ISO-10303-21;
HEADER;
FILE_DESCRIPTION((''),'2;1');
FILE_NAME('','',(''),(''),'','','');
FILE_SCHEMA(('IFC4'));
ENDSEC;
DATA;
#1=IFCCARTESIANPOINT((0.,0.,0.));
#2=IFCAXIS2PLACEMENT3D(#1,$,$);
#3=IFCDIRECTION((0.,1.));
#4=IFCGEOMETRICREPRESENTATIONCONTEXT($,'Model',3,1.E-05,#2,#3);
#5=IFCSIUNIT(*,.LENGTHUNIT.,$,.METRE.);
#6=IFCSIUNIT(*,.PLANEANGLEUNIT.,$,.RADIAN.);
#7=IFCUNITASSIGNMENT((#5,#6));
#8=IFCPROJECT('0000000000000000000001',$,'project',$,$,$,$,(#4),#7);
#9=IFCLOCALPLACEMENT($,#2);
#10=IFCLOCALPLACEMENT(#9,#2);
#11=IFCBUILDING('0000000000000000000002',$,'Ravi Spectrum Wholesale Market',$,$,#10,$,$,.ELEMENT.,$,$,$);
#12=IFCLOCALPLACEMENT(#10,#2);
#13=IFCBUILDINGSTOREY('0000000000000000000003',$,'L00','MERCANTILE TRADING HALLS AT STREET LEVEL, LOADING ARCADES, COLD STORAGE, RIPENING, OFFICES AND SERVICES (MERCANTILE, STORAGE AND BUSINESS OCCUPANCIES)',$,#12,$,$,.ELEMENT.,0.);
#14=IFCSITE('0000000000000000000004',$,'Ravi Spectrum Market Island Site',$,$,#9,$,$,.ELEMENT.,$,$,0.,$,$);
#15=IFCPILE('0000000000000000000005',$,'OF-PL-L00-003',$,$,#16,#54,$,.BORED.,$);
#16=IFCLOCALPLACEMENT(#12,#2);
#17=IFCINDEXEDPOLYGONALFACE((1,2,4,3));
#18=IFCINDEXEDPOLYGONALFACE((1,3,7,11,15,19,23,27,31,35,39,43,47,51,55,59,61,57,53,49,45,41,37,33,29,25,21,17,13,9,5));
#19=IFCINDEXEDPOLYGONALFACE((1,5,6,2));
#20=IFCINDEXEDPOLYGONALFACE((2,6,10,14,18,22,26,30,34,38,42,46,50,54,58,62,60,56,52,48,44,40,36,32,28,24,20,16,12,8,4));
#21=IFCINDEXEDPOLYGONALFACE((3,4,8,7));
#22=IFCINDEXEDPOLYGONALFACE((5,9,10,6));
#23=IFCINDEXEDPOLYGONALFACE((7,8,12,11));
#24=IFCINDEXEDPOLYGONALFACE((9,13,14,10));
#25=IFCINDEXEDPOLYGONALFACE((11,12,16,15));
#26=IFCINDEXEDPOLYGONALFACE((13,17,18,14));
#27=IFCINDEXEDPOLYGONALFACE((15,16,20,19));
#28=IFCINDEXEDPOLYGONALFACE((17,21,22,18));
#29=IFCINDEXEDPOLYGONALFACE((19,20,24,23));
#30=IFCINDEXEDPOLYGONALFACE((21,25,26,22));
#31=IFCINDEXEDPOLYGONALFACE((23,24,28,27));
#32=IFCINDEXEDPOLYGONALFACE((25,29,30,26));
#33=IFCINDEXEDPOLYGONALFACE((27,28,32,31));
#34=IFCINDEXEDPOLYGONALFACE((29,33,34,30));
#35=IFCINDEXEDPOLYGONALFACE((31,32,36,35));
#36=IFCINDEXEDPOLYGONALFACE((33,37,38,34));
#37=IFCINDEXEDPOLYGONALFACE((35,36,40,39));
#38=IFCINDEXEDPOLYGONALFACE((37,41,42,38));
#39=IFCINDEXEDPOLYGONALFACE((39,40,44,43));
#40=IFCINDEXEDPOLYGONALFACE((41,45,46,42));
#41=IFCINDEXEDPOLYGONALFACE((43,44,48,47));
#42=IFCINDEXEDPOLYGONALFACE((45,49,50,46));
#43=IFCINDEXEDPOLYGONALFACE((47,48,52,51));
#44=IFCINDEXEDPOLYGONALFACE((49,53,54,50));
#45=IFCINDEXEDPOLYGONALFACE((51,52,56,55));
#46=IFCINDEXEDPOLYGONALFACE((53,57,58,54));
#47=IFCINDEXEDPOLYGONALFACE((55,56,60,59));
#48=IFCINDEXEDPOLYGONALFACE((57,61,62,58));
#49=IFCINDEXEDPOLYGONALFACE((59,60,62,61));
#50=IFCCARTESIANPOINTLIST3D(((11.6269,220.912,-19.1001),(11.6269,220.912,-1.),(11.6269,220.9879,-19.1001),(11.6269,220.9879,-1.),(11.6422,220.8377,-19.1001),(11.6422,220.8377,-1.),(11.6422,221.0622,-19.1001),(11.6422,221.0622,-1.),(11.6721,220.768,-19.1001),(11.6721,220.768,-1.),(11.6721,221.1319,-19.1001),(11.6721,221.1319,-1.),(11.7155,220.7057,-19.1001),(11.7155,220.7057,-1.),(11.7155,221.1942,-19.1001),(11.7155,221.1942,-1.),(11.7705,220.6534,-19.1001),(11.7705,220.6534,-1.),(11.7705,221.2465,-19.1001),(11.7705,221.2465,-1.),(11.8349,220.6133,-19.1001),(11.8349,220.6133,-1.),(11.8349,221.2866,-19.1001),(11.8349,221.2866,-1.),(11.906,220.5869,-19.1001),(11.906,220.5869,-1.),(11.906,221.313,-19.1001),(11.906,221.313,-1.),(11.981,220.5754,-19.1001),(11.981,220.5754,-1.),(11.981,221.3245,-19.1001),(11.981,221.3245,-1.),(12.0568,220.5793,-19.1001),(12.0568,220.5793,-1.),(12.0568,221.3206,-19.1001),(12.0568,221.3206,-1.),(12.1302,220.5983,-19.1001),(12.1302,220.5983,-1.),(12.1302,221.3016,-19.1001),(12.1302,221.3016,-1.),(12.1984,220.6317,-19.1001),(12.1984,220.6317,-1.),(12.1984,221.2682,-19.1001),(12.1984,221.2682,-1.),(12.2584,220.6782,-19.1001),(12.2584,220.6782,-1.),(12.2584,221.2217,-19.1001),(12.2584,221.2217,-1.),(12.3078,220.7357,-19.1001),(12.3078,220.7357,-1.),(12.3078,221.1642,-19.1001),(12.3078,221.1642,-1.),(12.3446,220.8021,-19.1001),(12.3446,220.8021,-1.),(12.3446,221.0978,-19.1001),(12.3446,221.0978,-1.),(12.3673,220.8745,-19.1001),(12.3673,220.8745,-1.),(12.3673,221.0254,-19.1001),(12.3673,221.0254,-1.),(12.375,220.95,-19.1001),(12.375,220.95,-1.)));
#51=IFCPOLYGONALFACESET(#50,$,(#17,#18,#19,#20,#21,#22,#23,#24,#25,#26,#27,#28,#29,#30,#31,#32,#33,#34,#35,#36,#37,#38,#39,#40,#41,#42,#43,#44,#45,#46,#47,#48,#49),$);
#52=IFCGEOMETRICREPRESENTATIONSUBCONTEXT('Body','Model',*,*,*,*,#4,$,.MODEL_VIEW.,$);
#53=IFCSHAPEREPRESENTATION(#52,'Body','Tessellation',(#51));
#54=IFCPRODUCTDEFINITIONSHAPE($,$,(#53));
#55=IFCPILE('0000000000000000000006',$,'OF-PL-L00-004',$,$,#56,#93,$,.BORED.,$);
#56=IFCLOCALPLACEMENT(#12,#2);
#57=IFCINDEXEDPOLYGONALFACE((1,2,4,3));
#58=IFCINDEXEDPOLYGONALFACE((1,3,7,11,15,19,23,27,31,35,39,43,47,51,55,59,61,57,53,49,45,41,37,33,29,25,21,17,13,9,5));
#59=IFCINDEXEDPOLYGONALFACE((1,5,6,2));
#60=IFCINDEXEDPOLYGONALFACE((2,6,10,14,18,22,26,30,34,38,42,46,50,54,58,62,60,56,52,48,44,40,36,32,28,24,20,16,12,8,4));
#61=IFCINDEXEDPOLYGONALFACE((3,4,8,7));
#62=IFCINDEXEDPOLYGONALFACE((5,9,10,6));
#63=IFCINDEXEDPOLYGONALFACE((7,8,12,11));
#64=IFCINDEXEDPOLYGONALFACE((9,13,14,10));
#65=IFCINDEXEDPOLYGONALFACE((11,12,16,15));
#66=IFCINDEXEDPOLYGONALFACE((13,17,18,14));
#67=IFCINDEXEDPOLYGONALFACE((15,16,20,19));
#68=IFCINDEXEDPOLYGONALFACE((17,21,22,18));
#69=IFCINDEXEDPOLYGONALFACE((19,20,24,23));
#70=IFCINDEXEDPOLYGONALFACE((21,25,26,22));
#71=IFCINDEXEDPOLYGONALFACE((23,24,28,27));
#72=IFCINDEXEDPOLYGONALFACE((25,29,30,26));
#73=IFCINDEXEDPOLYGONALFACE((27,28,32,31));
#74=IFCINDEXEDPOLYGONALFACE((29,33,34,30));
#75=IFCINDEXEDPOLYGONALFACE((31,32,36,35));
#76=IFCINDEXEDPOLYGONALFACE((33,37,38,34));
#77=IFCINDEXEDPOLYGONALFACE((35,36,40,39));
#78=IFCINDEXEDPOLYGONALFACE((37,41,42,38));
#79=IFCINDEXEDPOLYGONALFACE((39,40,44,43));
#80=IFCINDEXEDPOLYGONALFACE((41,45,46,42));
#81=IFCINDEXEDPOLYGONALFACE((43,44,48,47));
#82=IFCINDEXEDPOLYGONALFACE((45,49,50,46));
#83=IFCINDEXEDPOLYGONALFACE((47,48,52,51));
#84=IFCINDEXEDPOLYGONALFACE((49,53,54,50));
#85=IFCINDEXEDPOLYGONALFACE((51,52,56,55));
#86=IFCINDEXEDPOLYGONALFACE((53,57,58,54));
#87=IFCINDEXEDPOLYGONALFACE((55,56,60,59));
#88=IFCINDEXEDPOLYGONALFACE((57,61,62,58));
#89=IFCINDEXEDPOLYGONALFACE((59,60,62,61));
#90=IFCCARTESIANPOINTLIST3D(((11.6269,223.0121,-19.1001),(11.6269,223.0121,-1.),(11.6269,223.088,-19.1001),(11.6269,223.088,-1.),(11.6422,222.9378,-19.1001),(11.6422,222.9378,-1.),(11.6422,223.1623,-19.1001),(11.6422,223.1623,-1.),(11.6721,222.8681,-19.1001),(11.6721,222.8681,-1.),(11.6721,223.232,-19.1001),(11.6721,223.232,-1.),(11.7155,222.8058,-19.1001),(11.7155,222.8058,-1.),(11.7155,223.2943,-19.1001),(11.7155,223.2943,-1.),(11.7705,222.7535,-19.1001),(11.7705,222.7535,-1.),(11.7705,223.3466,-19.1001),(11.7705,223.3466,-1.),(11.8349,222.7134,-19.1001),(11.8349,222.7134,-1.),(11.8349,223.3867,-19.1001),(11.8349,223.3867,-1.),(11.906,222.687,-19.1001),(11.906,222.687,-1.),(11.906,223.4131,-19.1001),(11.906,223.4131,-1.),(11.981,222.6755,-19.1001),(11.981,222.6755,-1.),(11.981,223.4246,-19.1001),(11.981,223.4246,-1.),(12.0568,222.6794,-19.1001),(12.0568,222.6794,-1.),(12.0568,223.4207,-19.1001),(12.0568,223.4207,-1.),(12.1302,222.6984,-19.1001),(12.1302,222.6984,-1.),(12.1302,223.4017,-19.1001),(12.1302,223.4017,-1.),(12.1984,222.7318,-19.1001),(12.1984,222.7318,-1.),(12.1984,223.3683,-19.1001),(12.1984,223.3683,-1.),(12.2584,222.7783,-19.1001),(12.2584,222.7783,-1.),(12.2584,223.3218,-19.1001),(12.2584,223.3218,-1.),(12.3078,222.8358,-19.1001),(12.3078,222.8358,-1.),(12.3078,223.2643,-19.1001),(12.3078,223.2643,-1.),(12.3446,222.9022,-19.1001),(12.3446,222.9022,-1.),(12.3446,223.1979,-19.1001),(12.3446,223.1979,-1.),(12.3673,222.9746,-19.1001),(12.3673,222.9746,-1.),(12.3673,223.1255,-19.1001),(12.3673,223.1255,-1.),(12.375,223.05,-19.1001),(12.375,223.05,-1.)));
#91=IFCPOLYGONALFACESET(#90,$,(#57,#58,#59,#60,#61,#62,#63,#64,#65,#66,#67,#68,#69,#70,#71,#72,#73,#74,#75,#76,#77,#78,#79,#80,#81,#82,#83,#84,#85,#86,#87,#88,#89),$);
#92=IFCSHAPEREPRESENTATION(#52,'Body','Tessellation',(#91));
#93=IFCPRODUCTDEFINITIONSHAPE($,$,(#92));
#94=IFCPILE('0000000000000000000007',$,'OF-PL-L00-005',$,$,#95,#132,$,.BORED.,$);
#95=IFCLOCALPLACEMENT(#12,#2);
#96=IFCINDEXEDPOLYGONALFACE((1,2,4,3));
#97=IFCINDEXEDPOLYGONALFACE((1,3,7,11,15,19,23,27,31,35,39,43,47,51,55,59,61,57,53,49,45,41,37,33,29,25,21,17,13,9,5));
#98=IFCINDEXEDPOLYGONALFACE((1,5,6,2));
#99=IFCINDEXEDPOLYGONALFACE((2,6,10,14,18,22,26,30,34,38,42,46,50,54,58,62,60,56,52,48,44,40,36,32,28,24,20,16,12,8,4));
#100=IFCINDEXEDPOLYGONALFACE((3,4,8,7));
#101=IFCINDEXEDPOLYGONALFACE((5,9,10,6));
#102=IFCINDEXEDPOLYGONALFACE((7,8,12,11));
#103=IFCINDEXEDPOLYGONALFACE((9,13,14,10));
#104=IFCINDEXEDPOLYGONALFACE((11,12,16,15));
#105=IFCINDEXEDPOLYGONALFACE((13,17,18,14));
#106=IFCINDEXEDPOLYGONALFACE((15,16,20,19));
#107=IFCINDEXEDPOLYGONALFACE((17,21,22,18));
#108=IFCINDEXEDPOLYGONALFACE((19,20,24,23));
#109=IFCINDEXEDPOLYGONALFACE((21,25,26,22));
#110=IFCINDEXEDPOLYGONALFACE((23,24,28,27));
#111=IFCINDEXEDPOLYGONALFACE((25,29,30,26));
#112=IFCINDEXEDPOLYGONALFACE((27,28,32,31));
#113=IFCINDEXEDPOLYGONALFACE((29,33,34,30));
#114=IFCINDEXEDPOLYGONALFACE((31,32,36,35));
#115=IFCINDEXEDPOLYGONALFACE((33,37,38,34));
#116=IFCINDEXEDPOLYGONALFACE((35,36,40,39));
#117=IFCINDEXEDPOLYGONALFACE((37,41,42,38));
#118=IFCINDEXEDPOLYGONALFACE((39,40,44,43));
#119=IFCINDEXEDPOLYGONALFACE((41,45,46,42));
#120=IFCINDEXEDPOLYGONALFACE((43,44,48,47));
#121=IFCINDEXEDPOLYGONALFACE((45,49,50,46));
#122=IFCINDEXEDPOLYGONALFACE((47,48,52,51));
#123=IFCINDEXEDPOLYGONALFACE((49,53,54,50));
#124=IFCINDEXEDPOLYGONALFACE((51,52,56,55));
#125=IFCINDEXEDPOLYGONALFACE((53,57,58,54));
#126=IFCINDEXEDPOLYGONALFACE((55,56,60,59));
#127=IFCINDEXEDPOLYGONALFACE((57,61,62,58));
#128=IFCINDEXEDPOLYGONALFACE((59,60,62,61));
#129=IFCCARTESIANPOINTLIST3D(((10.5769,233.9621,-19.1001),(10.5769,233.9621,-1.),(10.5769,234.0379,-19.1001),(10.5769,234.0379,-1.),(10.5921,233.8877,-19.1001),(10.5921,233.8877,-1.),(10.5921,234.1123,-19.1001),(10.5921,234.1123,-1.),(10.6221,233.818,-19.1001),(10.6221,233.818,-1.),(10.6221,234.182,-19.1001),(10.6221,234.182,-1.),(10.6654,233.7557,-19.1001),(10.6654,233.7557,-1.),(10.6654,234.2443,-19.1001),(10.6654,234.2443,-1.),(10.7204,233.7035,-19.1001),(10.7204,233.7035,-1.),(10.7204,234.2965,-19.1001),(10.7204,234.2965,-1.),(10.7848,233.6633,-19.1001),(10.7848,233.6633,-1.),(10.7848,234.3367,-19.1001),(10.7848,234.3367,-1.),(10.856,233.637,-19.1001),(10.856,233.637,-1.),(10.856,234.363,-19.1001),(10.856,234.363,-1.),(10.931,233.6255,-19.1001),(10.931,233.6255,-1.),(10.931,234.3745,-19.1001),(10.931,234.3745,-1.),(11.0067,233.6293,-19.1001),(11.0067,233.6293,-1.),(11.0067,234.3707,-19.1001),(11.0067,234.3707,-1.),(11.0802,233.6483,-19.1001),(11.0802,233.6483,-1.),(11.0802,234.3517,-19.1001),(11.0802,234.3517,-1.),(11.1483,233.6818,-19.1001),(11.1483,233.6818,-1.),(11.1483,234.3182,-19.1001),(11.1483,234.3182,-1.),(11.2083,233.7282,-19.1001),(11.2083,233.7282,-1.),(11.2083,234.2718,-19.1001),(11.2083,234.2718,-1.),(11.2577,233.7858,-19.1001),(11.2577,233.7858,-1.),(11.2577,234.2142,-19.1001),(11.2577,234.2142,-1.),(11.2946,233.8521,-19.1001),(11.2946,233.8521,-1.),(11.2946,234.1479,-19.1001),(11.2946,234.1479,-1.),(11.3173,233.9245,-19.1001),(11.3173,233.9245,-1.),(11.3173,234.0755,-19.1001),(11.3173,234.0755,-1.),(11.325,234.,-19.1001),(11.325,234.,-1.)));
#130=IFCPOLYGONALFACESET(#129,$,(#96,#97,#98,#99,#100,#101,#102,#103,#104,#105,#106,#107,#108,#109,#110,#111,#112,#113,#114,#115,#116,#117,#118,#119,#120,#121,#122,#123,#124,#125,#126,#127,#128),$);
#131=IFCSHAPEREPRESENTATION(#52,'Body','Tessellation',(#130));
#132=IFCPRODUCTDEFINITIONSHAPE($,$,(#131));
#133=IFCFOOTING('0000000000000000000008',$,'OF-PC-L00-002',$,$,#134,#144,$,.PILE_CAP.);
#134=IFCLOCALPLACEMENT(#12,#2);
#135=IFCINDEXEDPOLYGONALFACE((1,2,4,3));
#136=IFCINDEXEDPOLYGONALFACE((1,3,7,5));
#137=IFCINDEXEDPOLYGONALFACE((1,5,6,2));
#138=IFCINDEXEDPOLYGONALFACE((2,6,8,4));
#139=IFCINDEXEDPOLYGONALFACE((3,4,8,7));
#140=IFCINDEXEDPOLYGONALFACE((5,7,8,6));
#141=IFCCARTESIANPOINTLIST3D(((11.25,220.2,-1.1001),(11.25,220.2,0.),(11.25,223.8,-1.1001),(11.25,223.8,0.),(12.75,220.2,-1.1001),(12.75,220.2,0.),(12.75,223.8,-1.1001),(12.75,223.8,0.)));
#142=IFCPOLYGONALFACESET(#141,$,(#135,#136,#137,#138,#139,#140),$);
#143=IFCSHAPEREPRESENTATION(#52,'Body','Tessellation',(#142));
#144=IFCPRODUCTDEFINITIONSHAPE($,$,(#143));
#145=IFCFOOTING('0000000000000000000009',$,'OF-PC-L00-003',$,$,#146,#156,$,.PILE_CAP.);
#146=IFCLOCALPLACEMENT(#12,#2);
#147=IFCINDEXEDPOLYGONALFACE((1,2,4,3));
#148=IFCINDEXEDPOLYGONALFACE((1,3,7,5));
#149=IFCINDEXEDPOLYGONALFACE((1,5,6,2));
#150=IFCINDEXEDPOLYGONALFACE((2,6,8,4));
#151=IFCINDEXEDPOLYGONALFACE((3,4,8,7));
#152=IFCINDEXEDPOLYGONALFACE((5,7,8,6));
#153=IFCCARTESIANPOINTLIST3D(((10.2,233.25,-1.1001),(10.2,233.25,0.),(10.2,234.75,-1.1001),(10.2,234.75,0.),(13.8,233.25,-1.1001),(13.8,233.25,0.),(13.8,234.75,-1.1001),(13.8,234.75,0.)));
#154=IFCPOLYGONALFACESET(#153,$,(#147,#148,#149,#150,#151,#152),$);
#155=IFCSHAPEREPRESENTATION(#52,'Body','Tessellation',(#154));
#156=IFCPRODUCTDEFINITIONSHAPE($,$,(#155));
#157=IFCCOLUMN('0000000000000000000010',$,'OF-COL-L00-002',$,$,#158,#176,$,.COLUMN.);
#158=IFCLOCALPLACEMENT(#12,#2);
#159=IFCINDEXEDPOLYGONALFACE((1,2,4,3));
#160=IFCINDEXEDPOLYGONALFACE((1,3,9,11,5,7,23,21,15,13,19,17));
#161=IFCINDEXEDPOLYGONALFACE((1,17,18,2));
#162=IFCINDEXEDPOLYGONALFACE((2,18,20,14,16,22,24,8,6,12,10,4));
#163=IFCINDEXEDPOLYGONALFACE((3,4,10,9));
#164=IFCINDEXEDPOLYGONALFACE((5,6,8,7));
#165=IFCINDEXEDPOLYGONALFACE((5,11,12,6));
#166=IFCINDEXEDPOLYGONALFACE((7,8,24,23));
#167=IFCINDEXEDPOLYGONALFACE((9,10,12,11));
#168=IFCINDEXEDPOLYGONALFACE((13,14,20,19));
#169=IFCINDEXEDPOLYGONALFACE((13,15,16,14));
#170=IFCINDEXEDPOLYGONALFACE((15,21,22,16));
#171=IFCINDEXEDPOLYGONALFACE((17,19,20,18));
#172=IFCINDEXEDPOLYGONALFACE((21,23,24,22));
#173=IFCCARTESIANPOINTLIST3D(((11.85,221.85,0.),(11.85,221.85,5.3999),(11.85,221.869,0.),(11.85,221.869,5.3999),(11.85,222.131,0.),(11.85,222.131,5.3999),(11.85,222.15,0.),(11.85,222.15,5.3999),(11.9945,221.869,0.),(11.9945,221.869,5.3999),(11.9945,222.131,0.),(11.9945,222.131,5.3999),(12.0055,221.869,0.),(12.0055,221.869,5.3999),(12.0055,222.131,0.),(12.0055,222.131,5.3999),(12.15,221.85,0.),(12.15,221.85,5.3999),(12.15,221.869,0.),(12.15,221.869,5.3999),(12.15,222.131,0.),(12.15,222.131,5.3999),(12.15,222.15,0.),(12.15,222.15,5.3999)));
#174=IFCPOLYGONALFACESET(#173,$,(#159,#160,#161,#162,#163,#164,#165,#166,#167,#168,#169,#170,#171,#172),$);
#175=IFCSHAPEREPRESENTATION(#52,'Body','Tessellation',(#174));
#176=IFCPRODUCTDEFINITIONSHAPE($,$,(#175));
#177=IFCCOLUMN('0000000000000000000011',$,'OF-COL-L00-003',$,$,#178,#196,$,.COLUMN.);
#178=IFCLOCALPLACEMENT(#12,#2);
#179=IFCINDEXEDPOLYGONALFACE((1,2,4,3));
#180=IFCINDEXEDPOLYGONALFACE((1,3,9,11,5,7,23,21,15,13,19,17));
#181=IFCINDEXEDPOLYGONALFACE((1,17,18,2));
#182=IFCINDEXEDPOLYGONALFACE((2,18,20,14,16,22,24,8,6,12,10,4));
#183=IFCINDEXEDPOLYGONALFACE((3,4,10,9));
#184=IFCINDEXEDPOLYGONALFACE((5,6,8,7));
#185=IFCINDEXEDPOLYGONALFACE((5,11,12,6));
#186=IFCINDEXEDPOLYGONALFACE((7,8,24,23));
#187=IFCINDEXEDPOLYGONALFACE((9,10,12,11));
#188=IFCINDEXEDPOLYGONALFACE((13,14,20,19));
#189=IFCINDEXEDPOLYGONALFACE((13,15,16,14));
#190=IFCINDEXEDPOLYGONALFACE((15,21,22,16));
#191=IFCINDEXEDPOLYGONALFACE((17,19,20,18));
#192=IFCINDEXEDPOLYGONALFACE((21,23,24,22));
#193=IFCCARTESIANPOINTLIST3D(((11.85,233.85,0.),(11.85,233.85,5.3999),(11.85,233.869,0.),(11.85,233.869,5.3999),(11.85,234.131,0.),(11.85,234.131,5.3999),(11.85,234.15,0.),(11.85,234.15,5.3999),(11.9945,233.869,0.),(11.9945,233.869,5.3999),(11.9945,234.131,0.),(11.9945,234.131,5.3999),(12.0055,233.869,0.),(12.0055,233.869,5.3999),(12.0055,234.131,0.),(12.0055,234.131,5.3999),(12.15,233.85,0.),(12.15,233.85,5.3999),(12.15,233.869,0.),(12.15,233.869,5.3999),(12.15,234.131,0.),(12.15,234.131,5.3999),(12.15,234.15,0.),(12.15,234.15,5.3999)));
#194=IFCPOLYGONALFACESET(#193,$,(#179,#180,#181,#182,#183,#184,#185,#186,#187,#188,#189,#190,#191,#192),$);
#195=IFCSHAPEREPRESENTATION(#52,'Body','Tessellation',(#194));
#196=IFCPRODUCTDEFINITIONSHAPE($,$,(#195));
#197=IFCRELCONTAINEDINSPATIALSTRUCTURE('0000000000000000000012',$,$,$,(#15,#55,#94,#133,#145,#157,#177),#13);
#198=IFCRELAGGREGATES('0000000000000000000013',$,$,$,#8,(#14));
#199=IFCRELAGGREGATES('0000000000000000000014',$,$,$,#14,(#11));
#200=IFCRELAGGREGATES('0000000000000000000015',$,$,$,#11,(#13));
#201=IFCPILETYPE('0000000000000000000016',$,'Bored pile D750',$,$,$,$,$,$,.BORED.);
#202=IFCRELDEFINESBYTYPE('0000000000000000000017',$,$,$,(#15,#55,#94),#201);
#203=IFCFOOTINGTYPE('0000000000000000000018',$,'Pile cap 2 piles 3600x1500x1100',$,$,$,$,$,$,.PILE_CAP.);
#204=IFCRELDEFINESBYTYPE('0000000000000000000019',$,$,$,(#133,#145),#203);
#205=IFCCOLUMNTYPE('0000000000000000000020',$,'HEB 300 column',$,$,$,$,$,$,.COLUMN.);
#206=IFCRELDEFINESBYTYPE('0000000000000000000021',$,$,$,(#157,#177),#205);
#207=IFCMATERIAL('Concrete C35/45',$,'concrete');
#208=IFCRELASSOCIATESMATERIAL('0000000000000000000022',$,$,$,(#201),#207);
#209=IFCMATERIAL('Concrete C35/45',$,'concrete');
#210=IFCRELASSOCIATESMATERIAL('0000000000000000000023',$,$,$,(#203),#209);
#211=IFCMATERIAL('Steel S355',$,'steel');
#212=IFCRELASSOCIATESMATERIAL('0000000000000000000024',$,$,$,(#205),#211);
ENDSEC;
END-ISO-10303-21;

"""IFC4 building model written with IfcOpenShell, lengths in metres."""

from ifc_helpers import new_model, si_unit, direction, frame, origin, origin_2d, place, context, subcontext, project, spatial, rectangle, circle, i_section, extrude, material, material_profile, profile_set, type_object, element, save


model = new_model("IFC4")

# Units and contexts
model_context = context("Model", 3, precision=1e-05, world=origin(), true_north=direction((0.0, 1.0)))
body_context = subcontext(model_context, "Body", "Model", "MODEL_VIEW")
ifc_project = project(units=[si_unit("LENGTHUNIT", "METRE"), si_unit("PLANEANGLEUNIT", "RADIAN")], contexts=[model_context])

# Site, building, storey
site_placement = place(None, origin())
site = spatial("IfcSite", under=ifc_project, at=site_placement, Name="Ravi Spectrum Market Island Site", CompositionType="ELEMENT", RefElevation=0.0)
building_placement = place(site_placement, origin())
building = spatial("IfcBuilding", under=site, at=building_placement, Name="Ravi Spectrum Wholesale Market", CompositionType="ELEMENT")
storey_placement = place(building_placement, origin())
storey = spatial("IfcBuildingStorey", under=building, at=storey_placement, Name="L00", Description="MERCANTILE TRADING HALLS AT STREET LEVEL, LOADING ARCADES, COLD STORAGE, RIPENING, OFFICES AND SERVICES (MERCANTILE, STORAGE AND BUSINESS OCCUPANCIES)", CompositionType="ELEMENT", Elevation=0.0)

# Piles
ifc_material_1 = material(Name="Concrete C35/45", Category="concrete")
ifc_material_profile_1 = material_profile(ifc_material_1, circle(Radius=0.375, at=origin_2d()))
ifc_profile_set_1 = profile_set([ifc_material_profile_1], Name="Concrete C35/45")
pile_type = type_object("IfcPileType", Name="Bored pile D750", PredefinedType="BORED", material=ifc_profile_set_1)
for number, where, z_axis, x_axis, name in (
    (1, (12.0, 220.95, -1.0), (0.0, 0.0, -1.0), (1.0, 0.0, 0.0), "OF-PL-L00-003"),
    (2, (12.0, 223.05, -1.0), (0.0, 0.0, -1.0), (1.0, 0.0, 0.0), "OF-PL-L00-004"),
    (3, (10.95, 234.0, -1.0), (0.0, 0.0, -1.0), (1.0, 0.0, 0.0), "OF-PL-L00-005"),
):
    element("IfcPile", number, at=place(storey_placement, frame(where, z_axis=z_axis, x_axis=x_axis)), inside=storey, type_object=pile_type, Name=name, PredefinedType="BORED", context=body_context, shape_type="SweptSolid", body=[
        extrude(circle(Radius=0.375, at=origin_2d()), origin(), (0.0, 0.0, 1.0), 18.1001),
    ])

# Footings
ifc_material_2 = material(Name="Concrete C35/45", Category="concrete")
footing_type = type_object("IfcFootingType", Name="Pile cap 2 piles 3600x1500x1100", PredefinedType="PILE_CAP", material=ifc_material_2)
for number, where, z_axis, x_axis, name in (
    (4, (12.0, 222.0, -1.1001), (0.0, 0.0, 1.0), (0.0, 1.0, 0.0), "OF-PC-L00-002"),
    (5, (12.0, 234.0, -1.1001), (0.0, 0.0, 1.0), (1.0, 0.0, 0.0), "OF-PC-L00-003"),
):
    element("IfcFooting", number, at=place(storey_placement, frame(where, z_axis=z_axis, x_axis=x_axis)), inside=storey, type_object=footing_type, Name=name, PredefinedType="PILE_CAP", context=body_context, shape_type="SweptSolid", body=[
        extrude(rectangle(XDim=3.6001, YDim=1.5, at=origin_2d()), origin(), (0.0, 0.0, 1.0), 1.1001),
    ])

# Columns
ifc_material_3 = material(Name="Steel S355", Category="steel")
ifc_material_profile_2 = material_profile(ifc_material_3, i_section(OverallWidth=0.3, OverallDepth=0.3, WebThickness=0.011, FlangeThickness=0.019, at=origin_2d()))
ifc_profile_set_2 = profile_set([ifc_material_profile_2], Name="Steel S355")
column_type = type_object("IfcColumnType", Name="HEB 300 column", PredefinedType="COLUMN", material=ifc_profile_set_2)
for number, where, z_axis, x_axis, name in (
    (6, (12.0, 222.0, 0.0), (0.0, 0.0, 1.0), (1.0, 0.0, 0.0), "OF-COL-L00-002"),
    (7, (12.0, 234.0, 0.0), (0.0, 0.0, 1.0), (1.0, 0.0, 0.0), "OF-COL-L00-003"),
):
    element("IfcColumn", number, at=place(storey_placement, frame(where, z_axis=z_axis, x_axis=x_axis)), inside=storey, type_object=column_type, Name=name, PredefinedType="COLUMN", context=body_context, shape_type="SweptSolid", body=[
        extrude(i_section(OverallWidth=0.3, OverallDepth=0.3, WebThickness=0.011, FlangeThickness=0.019, at=origin_2d()), origin(), (0.0, 0.0, 1.0), 5.3999),
    ])

save(model, "model.ifc")
